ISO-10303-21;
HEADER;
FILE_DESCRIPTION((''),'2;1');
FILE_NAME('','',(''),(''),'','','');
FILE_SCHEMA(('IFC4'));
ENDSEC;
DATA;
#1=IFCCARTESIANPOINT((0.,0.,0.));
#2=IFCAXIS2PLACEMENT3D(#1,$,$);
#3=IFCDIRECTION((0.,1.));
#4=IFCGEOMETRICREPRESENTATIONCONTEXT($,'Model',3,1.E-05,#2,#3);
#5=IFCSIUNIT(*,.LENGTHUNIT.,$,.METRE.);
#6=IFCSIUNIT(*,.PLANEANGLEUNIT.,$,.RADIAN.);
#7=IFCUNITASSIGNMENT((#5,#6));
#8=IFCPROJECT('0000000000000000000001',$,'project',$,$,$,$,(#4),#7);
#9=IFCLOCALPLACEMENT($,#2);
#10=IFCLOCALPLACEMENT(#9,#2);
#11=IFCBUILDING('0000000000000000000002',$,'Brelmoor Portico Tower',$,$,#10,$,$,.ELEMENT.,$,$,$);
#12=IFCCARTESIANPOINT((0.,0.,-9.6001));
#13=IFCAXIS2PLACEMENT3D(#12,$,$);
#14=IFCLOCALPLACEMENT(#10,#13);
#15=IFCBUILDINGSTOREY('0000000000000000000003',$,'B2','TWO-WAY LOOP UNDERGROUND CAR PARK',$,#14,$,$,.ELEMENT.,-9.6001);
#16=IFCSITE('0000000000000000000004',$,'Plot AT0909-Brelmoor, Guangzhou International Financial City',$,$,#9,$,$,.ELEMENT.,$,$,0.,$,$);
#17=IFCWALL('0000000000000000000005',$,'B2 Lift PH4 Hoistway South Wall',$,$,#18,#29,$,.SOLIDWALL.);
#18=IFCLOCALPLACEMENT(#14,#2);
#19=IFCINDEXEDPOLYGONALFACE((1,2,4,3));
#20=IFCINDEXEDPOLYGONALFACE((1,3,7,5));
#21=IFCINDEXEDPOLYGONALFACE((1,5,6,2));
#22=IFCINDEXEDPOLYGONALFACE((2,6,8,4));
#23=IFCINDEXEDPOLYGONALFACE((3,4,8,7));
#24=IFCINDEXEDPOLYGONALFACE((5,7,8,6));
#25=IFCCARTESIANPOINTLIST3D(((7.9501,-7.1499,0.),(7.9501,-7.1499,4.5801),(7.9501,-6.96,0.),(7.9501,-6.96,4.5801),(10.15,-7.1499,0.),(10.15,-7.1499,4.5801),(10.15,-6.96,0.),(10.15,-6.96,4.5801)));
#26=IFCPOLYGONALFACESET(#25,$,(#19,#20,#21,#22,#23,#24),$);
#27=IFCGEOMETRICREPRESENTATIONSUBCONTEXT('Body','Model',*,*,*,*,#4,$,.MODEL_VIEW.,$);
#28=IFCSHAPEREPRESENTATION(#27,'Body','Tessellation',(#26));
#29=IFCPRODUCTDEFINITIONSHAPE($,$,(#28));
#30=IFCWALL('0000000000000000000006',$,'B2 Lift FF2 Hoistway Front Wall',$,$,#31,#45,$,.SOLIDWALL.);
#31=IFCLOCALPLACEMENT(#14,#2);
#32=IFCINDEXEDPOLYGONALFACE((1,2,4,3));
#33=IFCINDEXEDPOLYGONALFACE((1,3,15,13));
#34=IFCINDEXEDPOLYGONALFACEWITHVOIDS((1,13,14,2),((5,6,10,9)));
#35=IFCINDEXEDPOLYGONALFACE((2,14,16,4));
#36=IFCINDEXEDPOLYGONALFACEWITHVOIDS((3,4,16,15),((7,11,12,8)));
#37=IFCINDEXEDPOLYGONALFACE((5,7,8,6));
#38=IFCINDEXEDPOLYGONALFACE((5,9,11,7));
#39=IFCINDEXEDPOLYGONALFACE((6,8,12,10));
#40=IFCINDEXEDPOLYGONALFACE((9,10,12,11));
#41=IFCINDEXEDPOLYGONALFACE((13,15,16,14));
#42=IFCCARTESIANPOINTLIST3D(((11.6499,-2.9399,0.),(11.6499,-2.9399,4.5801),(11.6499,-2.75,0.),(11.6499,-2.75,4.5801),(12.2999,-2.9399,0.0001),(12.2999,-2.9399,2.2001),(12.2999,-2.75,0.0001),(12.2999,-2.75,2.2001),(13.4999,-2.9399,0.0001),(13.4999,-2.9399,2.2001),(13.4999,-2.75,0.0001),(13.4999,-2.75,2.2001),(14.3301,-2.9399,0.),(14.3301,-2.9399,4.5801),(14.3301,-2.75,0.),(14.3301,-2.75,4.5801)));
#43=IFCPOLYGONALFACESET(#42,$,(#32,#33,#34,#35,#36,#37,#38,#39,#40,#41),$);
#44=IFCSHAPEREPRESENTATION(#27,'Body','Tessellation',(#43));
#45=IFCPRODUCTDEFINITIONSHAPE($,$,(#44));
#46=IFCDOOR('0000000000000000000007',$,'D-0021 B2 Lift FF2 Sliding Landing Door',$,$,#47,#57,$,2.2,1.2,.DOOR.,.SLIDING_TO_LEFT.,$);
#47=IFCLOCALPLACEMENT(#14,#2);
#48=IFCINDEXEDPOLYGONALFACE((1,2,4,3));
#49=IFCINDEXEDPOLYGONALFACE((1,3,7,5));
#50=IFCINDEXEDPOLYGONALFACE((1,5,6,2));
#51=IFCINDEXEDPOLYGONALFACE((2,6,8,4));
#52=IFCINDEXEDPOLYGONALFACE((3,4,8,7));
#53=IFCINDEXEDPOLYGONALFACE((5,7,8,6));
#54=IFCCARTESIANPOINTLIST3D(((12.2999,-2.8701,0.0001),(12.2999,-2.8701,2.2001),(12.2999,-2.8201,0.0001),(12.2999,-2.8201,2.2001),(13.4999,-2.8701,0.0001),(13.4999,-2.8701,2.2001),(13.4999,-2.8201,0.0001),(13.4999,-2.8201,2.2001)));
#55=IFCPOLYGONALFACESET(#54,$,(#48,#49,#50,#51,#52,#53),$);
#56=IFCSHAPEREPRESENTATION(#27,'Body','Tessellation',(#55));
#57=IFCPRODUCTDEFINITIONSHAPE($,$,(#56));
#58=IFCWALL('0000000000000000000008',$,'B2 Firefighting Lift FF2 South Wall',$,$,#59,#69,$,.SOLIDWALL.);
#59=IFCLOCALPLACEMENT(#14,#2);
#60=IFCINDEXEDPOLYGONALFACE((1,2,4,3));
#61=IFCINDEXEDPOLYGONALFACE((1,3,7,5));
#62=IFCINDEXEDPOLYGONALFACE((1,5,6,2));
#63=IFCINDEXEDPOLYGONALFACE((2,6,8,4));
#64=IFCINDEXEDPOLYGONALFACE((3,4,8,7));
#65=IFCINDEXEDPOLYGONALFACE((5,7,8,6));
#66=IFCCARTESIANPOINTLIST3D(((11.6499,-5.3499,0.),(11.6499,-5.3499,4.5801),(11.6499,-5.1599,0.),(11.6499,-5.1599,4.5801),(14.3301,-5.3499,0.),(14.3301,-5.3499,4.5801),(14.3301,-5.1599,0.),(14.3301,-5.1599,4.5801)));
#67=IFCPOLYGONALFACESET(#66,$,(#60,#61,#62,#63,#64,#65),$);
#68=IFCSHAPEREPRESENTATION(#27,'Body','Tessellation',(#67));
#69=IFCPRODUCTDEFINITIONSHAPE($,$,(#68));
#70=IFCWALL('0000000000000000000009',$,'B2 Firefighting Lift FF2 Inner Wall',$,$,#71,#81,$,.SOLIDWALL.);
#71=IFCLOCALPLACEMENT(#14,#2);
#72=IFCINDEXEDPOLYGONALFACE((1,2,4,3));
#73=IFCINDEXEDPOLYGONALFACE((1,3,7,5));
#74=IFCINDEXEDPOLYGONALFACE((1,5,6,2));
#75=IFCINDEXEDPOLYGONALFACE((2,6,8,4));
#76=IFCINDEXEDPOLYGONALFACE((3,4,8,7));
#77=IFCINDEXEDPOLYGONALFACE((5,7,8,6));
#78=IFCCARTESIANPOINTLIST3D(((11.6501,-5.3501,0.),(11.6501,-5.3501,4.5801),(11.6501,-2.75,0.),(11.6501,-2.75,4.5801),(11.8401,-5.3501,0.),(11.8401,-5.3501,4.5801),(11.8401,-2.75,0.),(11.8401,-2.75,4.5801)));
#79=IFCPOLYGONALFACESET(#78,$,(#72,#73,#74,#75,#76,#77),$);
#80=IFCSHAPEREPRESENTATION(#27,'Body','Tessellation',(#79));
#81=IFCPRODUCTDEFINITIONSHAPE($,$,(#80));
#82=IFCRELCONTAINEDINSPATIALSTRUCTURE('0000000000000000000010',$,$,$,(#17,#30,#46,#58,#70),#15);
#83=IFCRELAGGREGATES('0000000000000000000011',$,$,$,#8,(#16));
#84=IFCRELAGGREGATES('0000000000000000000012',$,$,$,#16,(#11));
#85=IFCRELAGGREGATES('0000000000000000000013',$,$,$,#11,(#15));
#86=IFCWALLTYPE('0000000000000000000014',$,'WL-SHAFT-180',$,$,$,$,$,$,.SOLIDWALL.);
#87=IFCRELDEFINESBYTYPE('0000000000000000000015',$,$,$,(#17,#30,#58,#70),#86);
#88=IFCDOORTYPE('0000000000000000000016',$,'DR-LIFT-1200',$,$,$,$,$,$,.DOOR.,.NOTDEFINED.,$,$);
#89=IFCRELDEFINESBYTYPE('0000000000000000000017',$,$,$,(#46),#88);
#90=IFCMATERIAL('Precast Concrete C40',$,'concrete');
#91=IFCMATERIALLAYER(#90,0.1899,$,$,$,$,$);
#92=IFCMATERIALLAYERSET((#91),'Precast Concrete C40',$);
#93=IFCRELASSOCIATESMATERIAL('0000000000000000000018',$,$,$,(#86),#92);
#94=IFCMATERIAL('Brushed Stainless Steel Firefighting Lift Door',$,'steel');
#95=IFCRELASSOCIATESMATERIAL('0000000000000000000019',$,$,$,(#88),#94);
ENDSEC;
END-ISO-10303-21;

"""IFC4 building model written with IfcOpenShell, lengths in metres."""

from ifc_helpers import new_model, si_unit, direction, frame, frame_2d, origin, place, context, subcontext, project, spatial, rectangle, extrude, material, layer, layer_set, type_object, element, fill, save


model = new_model("IFC4")

# Units and contexts
model_context = context("Model", 3, precision=1e-05, world=origin(), true_north=direction((0.0, 1.0)))
body_context = subcontext(model_context, "Body", "Model", "MODEL_VIEW")
ifc_project = project(units=[si_unit("LENGTHUNIT", "METRE"), si_unit("PLANEANGLEUNIT", "RADIAN")], contexts=[model_context])

# Site, building, storey
site_placement = place(None, origin())
site = spatial("IfcSite", under=ifc_project, at=site_placement, Name="Plot AT0909-Brelmoor, Guangzhou International Financial City", CompositionType="ELEMENT", RefElevation=0.0)
building_placement = place(site_placement, origin())
building = spatial("IfcBuilding", under=site, at=building_placement, Name="Brelmoor Portico Tower", CompositionType="ELEMENT")
storey_placement = place(building_placement, frame((0.0, 0.0, -9.6001)))
storey = spatial("IfcBuildingStorey", under=building, at=storey_placement, Name="B2", Description="TWO-WAY LOOP UNDERGROUND CAR PARK", CompositionType="ELEMENT", Elevation=-9.6001)

# Wall
ifc_material_1 = material(Name="Precast Concrete C40", Category="concrete")
ifc_layer_1 = layer(ifc_material_1, 0.1899)
ifc_layer_set_1 = layer_set([ifc_layer_1], Name="Precast Concrete C40")
wall_type_1 = type_object("IfcWallType", Name="WL-SHAFT-180", PredefinedType="SOLIDWALL", material=ifc_layer_set_1)
for number, where, z_axis, x_axis, name in (
    (1, (7.95, -7.0549, 0.0), (0.0, 0.0, 1.0), (1.0, 0.0, 0.0), "B2 Lift PH4 Hoistway South Wall"),
):
    element("IfcWall", number, at=place(storey_placement, frame(where, z_axis=z_axis, x_axis=x_axis)), inside=storey, type_object=wall_type_1, Name=name, PredefinedType="SOLIDWALL", context=body_context, shape_type="SweptSolid", body=[
        extrude(rectangle(XDim=2.2, YDim=0.1899, at=frame_2d((1.1001, 0.0))), origin(), (0.0, 0.0, 1.0), 4.5801),
    ])

# Wall, opening, door
wall_1_placement = place(storey_placement, frame((11.6499, -2.845, 0.0), z_axis=(0.0, 0.0, 1.0), x_axis=(1.0, 0.0, 0.0)))
wall_1 = element("IfcWall", 2, at=wall_1_placement, inside=storey, type_object=wall_type_1, Name="B2 Lift FF2 Hoistway Front Wall", PredefinedType="SOLIDWALL", context=body_context, shape_type="SweptSolid", body=[
    extrude(rectangle(XDim=2.6802, YDim=0.1899, at=frame_2d((1.3401, 0.0))), origin(), (0.0, 0.0, 1.0), 4.5801),
])
opening_1_placement = place(wall_1_placement, frame((0.6499, 0.0, 0.0)))
opening_1 = element("IfcOpeningElement", 3, at=opening_1_placement, cuts=wall_1, PredefinedType="OPENING", context=body_context, shape_type="SweptSolid", body=[
    extrude(rectangle(XDim=1.2, YDim=2.2, at=frame_2d((0.6001, 1.1001))), frame((0.0, 0.105, 0.0), z_axis=(0.0, -1.0, 0.0), x_axis=(1.0, 0.0, 0.0)), (0.0, 0.0, 1.0), 0.21),
])
ifc_material_2 = material(Name="Brushed Stainless Steel Firefighting Lift Door", Category="steel")
door_type_1 = type_object("IfcDoorType", Name="DR-LIFT-1200", OperationType="NOTDEFINED", PredefinedType="DOOR", material=ifc_material_2)
door_1_placement = place(opening_1_placement, origin())
door_1 = element("IfcDoor", 4, at=door_1_placement, inside=storey, type_object=door_type_1, Name="D-0021 B2 Lift FF2 Sliding Landing Door", OperationType="SLIDING_TO_LEFT", OverallHeight=2.2, OverallWidth=1.2, PredefinedType="DOOR", context=body_context, shape_type="SweptSolid", body=[
    extrude(rectangle(XDim=1.2, YDim=2.2, at=frame_2d((0.6001, 1.1001))), frame((0.0, 0.0249, 0.0), z_axis=(0.0, -1.0, 0.0), x_axis=(1.0, 0.0, 0.0)), (0.0, 0.0, 1.0), 0.05),
])
fill(opening_1, door_1)

# Walls
wall_2_placement = place(storey_placement, frame((11.6499, -5.2549, 0.0), z_axis=(0.0, 0.0, 1.0), x_axis=(1.0, 0.0, 0.0)))
element("IfcWall", 5, at=wall_2_placement, inside=storey, type_object=wall_type_1, Name="B2 Firefighting Lift FF2 South Wall", PredefinedType="SOLIDWALL", context=body_context, shape_type="SweptSolid", body=[
    extrude(rectangle(XDim=2.6802, YDim=0.1899, at=frame_2d((1.3401, 0.0))), origin(), (0.0, 0.0, 1.0), 4.5801),
])
wall_3_placement = place(storey_placement, frame((11.7451, -5.3501, 0.0), z_axis=(0.0, 0.0, 1.0), x_axis=(0.0, 1.0, 0.0)))
element("IfcWall", 6, at=wall_3_placement, inside=storey, type_object=wall_type_1, Name="B2 Firefighting Lift FF2 Inner Wall", PredefinedType="SOLIDWALL", context=body_context, shape_type="SweptSolid", body=[
    extrude(rectangle(XDim=2.6001, YDim=0.1899, at=frame_2d((1.3, 0.0))), origin(), (0.0, 0.0, 1.0), 4.5801),
])

save(model, "model.ifc")
